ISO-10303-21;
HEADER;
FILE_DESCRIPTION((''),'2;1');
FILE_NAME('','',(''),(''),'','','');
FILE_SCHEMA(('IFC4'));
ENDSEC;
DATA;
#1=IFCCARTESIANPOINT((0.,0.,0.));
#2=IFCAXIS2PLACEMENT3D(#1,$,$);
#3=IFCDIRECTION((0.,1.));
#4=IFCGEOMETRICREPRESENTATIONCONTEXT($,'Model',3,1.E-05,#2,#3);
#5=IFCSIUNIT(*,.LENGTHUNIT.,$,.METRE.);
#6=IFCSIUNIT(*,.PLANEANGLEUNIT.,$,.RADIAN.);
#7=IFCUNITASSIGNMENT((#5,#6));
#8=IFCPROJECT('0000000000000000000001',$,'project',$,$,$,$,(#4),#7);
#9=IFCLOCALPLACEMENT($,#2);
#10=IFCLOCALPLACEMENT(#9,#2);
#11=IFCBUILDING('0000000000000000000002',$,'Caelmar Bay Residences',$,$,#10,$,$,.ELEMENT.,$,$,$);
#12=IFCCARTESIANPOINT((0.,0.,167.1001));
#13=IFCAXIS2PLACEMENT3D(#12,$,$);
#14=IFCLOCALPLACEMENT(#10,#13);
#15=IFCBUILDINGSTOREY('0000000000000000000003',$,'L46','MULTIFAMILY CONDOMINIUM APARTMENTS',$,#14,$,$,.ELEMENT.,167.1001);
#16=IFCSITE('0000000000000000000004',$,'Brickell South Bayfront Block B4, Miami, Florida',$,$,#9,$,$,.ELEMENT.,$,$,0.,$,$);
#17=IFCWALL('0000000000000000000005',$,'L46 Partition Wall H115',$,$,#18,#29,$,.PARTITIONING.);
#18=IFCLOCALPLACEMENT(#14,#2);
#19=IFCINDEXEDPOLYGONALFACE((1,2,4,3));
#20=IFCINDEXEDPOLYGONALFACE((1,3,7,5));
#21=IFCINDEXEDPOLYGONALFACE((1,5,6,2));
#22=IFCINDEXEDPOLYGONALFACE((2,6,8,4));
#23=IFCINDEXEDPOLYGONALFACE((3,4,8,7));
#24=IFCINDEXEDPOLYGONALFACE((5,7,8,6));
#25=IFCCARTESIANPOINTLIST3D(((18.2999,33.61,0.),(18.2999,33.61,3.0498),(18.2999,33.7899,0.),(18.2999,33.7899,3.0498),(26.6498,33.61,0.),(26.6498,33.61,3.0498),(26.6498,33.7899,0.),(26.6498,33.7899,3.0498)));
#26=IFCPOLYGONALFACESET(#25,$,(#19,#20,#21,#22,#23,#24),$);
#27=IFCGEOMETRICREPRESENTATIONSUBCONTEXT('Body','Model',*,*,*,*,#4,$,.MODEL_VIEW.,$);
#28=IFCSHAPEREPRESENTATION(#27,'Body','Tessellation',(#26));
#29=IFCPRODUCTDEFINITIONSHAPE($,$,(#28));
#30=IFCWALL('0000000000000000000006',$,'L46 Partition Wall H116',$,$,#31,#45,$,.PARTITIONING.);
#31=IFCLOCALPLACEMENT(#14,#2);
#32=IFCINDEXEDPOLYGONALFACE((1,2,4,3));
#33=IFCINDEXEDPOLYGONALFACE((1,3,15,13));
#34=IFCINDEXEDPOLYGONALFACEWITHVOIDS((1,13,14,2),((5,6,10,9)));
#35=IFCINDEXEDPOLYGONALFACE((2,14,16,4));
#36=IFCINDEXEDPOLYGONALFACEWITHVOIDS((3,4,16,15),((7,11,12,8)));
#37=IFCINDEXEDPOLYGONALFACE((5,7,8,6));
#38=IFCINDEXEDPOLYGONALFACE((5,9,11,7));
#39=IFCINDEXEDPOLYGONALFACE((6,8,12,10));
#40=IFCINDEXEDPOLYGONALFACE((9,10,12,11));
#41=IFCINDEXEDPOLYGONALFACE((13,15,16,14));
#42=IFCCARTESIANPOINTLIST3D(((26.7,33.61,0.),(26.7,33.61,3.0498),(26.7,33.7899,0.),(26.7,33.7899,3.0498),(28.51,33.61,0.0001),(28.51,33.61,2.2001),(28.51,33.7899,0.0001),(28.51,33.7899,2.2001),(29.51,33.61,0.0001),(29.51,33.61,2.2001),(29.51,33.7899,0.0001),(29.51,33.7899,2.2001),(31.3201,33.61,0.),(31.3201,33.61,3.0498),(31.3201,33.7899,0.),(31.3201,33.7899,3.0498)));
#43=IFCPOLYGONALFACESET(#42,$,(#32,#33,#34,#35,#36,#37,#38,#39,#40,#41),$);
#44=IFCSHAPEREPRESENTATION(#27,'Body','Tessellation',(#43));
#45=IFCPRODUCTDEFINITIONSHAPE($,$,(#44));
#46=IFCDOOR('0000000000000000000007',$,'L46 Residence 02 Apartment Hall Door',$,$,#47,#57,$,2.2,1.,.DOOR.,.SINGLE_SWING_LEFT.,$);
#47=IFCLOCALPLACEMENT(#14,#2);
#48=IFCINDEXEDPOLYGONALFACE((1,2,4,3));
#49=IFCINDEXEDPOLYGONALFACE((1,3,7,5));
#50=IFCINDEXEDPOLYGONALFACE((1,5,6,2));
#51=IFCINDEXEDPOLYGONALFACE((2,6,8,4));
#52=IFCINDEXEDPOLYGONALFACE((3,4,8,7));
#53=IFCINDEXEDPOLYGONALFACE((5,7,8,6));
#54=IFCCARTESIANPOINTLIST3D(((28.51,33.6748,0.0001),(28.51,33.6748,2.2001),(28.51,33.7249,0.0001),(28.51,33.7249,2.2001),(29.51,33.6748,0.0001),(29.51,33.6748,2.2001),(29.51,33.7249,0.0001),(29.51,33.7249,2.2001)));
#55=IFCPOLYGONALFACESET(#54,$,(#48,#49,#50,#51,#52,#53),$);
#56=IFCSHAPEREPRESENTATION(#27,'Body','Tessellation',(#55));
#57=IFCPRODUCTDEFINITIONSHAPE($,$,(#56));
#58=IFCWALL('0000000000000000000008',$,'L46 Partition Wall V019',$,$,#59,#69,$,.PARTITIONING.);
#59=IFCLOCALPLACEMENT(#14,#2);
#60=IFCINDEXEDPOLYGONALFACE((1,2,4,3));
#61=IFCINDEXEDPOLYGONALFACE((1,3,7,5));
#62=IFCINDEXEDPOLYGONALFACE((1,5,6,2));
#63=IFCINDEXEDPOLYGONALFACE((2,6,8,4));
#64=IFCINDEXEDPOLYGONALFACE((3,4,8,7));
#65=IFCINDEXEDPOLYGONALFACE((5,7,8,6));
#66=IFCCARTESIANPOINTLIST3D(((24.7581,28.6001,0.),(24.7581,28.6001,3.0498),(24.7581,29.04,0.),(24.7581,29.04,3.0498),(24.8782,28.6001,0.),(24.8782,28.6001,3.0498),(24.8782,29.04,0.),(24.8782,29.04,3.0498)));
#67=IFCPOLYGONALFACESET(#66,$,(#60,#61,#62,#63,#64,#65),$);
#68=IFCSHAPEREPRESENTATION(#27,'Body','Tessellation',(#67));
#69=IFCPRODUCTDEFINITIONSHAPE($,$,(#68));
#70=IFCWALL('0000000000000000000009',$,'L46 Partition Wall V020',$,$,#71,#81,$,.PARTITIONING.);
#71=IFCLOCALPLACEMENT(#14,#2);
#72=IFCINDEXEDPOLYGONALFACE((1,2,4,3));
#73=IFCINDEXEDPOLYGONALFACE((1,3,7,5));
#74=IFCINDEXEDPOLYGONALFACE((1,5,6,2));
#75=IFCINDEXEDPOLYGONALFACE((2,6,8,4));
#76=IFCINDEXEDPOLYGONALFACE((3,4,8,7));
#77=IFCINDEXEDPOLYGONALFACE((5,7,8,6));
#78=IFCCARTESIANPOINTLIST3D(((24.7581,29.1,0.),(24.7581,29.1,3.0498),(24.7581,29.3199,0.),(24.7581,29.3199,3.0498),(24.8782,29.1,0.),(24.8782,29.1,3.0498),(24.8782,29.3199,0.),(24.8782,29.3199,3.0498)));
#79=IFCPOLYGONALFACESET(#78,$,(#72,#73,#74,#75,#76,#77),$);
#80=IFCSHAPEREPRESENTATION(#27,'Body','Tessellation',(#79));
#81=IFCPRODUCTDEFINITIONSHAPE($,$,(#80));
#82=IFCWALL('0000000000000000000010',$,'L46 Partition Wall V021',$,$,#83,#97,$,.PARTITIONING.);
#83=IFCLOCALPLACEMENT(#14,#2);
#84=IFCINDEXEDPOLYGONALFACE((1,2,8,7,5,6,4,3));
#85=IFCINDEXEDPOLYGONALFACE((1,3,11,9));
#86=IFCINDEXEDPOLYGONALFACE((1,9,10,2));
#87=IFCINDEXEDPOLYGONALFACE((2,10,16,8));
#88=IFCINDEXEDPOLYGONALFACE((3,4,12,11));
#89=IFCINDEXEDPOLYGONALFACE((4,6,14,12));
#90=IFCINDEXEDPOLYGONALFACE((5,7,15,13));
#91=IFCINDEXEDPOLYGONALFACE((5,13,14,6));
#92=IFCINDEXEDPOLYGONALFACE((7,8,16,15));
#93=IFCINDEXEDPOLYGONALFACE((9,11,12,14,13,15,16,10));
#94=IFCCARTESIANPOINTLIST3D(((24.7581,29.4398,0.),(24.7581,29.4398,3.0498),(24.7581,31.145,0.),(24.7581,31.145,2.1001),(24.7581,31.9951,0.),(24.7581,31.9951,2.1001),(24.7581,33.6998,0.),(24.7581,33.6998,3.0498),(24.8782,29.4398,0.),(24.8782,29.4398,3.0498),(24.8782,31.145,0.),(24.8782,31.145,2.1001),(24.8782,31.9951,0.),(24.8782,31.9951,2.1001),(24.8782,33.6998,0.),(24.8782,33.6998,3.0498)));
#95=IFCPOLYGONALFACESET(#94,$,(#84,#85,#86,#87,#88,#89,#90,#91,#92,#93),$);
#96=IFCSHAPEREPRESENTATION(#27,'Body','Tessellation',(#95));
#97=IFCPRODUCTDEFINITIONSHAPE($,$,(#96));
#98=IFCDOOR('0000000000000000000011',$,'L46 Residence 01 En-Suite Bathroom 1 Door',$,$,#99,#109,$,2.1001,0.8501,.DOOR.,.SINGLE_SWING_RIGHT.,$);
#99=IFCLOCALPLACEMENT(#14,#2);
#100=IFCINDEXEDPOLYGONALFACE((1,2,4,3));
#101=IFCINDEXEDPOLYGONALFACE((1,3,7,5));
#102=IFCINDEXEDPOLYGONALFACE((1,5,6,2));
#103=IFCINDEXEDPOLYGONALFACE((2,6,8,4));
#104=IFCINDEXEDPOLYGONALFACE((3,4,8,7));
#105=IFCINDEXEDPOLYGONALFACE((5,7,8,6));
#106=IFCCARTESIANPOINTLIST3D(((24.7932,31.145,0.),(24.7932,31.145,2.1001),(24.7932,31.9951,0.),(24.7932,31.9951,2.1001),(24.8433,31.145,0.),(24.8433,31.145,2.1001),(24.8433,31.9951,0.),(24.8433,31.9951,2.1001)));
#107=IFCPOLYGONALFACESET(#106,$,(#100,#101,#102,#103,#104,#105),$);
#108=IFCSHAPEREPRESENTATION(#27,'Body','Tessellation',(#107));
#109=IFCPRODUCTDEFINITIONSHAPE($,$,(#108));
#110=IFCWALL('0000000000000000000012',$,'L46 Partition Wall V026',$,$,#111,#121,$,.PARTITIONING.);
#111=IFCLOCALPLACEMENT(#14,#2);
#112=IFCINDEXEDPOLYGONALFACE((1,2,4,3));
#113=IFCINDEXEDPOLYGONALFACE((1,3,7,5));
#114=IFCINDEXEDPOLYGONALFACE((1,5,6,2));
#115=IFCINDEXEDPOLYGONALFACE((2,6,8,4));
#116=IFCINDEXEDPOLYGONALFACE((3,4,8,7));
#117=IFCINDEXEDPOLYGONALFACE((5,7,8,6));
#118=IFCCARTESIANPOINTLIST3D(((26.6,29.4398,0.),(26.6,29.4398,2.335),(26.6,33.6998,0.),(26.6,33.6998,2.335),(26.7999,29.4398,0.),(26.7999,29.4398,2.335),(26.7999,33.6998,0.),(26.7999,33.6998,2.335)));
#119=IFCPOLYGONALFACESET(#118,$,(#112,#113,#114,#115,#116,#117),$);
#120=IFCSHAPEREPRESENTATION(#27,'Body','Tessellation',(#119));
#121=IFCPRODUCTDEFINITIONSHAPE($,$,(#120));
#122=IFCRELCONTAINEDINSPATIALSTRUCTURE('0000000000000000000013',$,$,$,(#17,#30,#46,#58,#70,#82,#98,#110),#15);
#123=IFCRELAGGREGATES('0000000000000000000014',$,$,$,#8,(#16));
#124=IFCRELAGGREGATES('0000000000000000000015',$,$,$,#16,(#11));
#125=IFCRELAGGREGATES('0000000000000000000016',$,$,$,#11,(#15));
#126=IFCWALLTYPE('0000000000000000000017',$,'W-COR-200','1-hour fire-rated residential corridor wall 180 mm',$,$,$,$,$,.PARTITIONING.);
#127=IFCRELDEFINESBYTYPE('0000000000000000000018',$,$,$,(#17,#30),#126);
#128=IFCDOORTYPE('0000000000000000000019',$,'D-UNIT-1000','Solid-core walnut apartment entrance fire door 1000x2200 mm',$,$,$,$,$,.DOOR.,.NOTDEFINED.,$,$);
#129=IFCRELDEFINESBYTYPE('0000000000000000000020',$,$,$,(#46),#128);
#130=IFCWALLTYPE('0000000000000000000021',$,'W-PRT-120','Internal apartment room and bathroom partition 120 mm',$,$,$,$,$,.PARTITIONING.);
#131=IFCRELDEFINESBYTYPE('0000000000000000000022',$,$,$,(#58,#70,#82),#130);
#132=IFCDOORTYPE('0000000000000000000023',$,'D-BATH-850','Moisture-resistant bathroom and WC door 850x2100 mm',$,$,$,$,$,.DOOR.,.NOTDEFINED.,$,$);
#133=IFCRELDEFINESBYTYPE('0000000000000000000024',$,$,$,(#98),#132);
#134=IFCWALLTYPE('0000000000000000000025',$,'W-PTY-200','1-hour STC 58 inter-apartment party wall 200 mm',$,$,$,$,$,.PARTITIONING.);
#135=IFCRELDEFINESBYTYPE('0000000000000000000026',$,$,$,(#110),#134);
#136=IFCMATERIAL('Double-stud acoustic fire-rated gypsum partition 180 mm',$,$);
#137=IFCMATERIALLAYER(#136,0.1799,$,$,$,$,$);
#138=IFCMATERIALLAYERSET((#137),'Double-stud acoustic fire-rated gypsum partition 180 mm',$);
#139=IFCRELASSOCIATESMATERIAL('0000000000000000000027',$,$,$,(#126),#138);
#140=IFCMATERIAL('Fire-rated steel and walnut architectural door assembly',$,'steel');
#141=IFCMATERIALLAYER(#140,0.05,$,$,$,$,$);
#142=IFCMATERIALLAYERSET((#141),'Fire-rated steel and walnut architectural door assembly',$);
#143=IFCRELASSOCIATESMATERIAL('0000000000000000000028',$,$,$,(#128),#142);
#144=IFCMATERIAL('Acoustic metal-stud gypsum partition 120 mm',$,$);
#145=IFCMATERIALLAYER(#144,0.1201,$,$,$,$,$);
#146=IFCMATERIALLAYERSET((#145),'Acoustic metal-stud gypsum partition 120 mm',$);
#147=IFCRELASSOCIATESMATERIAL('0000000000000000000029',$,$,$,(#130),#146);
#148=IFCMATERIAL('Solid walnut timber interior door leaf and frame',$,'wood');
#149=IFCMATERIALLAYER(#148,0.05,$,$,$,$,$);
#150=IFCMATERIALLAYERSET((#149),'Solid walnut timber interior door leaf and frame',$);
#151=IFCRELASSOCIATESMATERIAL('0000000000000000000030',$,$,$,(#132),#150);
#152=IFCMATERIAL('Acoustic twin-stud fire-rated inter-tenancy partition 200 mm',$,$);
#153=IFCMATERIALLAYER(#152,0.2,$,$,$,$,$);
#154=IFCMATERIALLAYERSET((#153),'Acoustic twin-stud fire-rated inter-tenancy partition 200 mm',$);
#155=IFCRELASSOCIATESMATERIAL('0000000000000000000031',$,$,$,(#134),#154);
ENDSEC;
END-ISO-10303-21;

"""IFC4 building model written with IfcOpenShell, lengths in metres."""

from ifc_helpers import new_model, si_unit, direction, frame, frame_2d, origin, place, context, subcontext, project, spatial, rectangle, extrude, material, layer, layer_set, type_object, element, fill, save


model = new_model("IFC4")

# Units and contexts
model_context = context("Model", 3, precision=1e-05, world=origin(), true_north=direction((0.0, 1.0)))
body_context = subcontext(model_context, "Body", "Model", "MODEL_VIEW")
ifc_project = project(units=[si_unit("LENGTHUNIT", "METRE"), si_unit("PLANEANGLEUNIT", "RADIAN")], contexts=[model_context])

# Site, building, storey
site_placement = place(None, origin())
site = spatial("IfcSite", under=ifc_project, at=site_placement, Name="Brickell South Bayfront Block B4, Miami, Florida", CompositionType="ELEMENT", RefElevation=0.0)
building_placement = place(site_placement, origin())
building = spatial("IfcBuilding", under=site, at=building_placement, Name="Caelmar Bay Residences", CompositionType="ELEMENT")
storey_placement = place(building_placement, frame((0.0, 0.0, 167.1001)))
storey = spatial("IfcBuildingStorey", under=building, at=storey_placement, Name="L46", Description="MULTIFAMILY CONDOMINIUM APARTMENTS", CompositionType="ELEMENT", Elevation=167.1001)

# Shared definitions
ifc_material_1 = material(Name="Fire-rated steel and walnut architectural door assembly", Category="steel")

# Wall
ifc_material_2 = material(Name="Double-stud acoustic fire-rated gypsum partition 180 mm")
ifc_layer_1 = layer(ifc_material_2, 0.1799)
ifc_layer_set_1 = layer_set([ifc_layer_1], Name="Double-stud acoustic fire-rated gypsum partition 180 mm")
wall_type_1 = type_object("IfcWallType", Name="W-COR-200", Description="1-hour fire-rated residential corridor wall 180 mm", PredefinedType="PARTITIONING", material=ifc_layer_set_1)
wall_1_placement = place(storey_placement, frame((18.3, 33.7, 0.0), z_axis=(0.0, 0.0, 1.0), x_axis=(1.0, 0.0, 0.0)))
element("IfcWall", 1, at=wall_1_placement, inside=storey, type_object=wall_type_1, Name="L46 Partition Wall H115", PredefinedType="PARTITIONING", context=body_context, shape_type="SweptSolid", body=[
    extrude(rectangle(XDim=8.3499, YDim=0.1799, at=frame_2d((4.1748, 0.0))), origin(), (0.0, 0.0, 1.0), 3.0498),
])

# Wall, opening, door
wall_2_placement = place(storey_placement, frame((26.7, 33.7, 0.0), z_axis=(0.0, 0.0, 1.0), x_axis=(1.0, 0.0, 0.0)))
wall_2 = element("IfcWall", 2, at=wall_2_placement, inside=storey, type_object=wall_type_1, Name="L46 Partition Wall H116", PredefinedType="PARTITIONING", context=body_context, shape_type="SweptSolid", body=[
    extrude(rectangle(XDim=4.6201, YDim=0.1799, at=frame_2d((2.3101, 0.0))), origin(), (0.0, 0.0, 1.0), 3.0498),
])
opening_1_placement = place(wall_2_placement, frame((1.8101, 0.0, 0.0)))
opening_1 = element("IfcOpeningElement", 3, at=opening_1_placement, cuts=wall_2, PredefinedType="OPENING", context=body_context, shape_type="SweptSolid", body=[
    extrude(rectangle(XDim=1.0, YDim=2.2, at=frame_2d((0.5, 1.1001))), frame((0.0, 0.0999, 0.0), z_axis=(0.0, -1.0, 0.0), x_axis=(1.0, 0.0, 0.0)), (0.0, 0.0, 1.0), 0.2),
])
ifc_layer_2 = layer(ifc_material_1, 0.05)
ifc_layer_set_2 = layer_set([ifc_layer_2], Name="Fire-rated steel and walnut architectural door assembly")
door_type_1 = type_object("IfcDoorType", Name="D-UNIT-1000", Description="Solid-core walnut apartment entrance fire door 1000x2200 mm", OperationType="NOTDEFINED", PredefinedType="DOOR", material=ifc_layer_set_2)
door_1_placement = place(opening_1_placement, origin())
door_1 = element("IfcDoor", 4, at=door_1_placement, inside=storey, type_object=door_type_1, Name="L46 Residence 02 Apartment Hall Door", OperationType="SINGLE_SWING_LEFT", OverallHeight=2.2, OverallWidth=1.0, PredefinedType="DOOR", context=body_context, shape_type="SweptSolid", body=[
    extrude(rectangle(XDim=1.0, YDim=2.2, at=frame_2d((0.5, 1.1001))), frame((0.0, 0.0249, 0.0), z_axis=(0.0, -1.0, 0.0), x_axis=(1.0, 0.0, 0.0)), (0.0, 0.0, 1.0), 0.05),
])
fill(opening_1, door_1)

# Walls
ifc_material_3 = material(Name="Acoustic metal-stud gypsum partition 120 mm")
ifc_layer_3 = layer(ifc_material_3, 0.1201)
ifc_layer_set_3 = layer_set([ifc_layer_3], Name="Acoustic metal-stud gypsum partition 120 mm")
wall_type_2 = type_object("IfcWallType", Name="W-PRT-120", Description="Internal apartment room and bathroom partition 120 mm", PredefinedType="PARTITIONING", material=ifc_layer_set_3)
wall_3_placement = place(storey_placement, frame((24.8181, 28.6001, 0.0), z_axis=(0.0, 0.0, 1.0), x_axis=(0.0, 1.0, 0.0)))
element("IfcWall", 5, at=wall_3_placement, inside=storey, type_object=wall_type_2, Name="L46 Partition Wall V019", PredefinedType="PARTITIONING", context=body_context, shape_type="SweptSolid", body=[
    extrude(rectangle(XDim=0.4399, YDim=0.1201, at=frame_2d((0.22, 0.0))), origin(), (0.0, 0.0, 1.0), 3.0498),
])
wall_4_placement = place(storey_placement, frame((24.8181, 29.1001, 0.0), z_axis=(0.0, 0.0, 1.0), x_axis=(0.0, 1.0, 0.0)))
element("IfcWall", 6, at=wall_4_placement, inside=storey, type_object=wall_type_2, Name="L46 Partition Wall V020", PredefinedType="PARTITIONING", context=body_context, shape_type="SweptSolid", body=[
    extrude(rectangle(XDim=0.22, YDim=0.1201, at=frame_2d((0.1099, 0.0))), origin(), (0.0, 0.0, 1.0), 3.0498),
])

# Wall, opening, door
wall_5_placement = place(storey_placement, frame((24.8181, 29.4399, 0.0), z_axis=(0.0, 0.0, 1.0), x_axis=(0.0, 1.0, 0.0)))
wall_5 = element("IfcWall", 7, at=wall_5_placement, inside=storey, type_object=wall_type_2, Name="L46 Partition Wall V021", PredefinedType="PARTITIONING", context=body_context, shape_type="SweptSolid", body=[
    extrude(rectangle(XDim=4.26, YDim=0.1201, at=frame_2d((2.1299, 0.0))), origin(), (0.0, 0.0, 1.0), 3.0498),
])
opening_2_placement = place(wall_5_placement, frame((1.7051, 0.0, 0.0)))
opening_2 = element("IfcOpeningElement", 8, at=opening_2_placement, cuts=wall_5, PredefinedType="OPENING", context=body_context, shape_type="SweptSolid", body=[
    extrude(rectangle(XDim=0.8501, YDim=2.1001, at=frame_2d((0.425, 1.05))), frame((0.0, 0.0701, 0.0), z_axis=(0.0, -1.0, 0.0), x_axis=(1.0, 0.0, 0.0)), (0.0, 0.0, 1.0), 0.1401),
])
ifc_material_4 = material(Name="Solid walnut timber interior door leaf and frame", Category="wood")
ifc_layer_4 = layer(ifc_material_4, 0.05)
ifc_layer_set_4 = layer_set([ifc_layer_4], Name="Solid walnut timber interior door leaf and frame")
door_type_2 = type_object("IfcDoorType", Name="D-BATH-850", Description="Moisture-resistant bathroom and WC door 850x2100 mm", OperationType="NOTDEFINED", PredefinedType="DOOR", material=ifc_layer_set_4)
door_2_placement = place(opening_2_placement, origin())
door_2 = element("IfcDoor", 9, at=door_2_placement, inside=storey, type_object=door_type_2, Name="L46 Residence 01 En-Suite Bathroom 1 Door", OperationType="SINGLE_SWING_RIGHT", OverallHeight=2.1001, OverallWidth=0.8501, PredefinedType="DOOR", context=body_context, shape_type="SweptSolid", body=[
    extrude(rectangle(XDim=0.8501, YDim=2.1001, at=frame_2d((0.425, 1.05))), frame((0.0, 0.0249, 0.0), z_axis=(0.0, -1.0, 0.0), x_axis=(1.0, 0.0, 0.0)), (0.0, 0.0, 1.0), 0.05),
])
fill(opening_2, door_2)

# Wall
ifc_material_5 = material(Name="Acoustic twin-stud fire-rated inter-tenancy partition 200 mm")
ifc_layer_5 = layer(ifc_material_5, 0.2)
ifc_layer_set_5 = layer_set([ifc_layer_5], Name="Acoustic twin-stud fire-rated inter-tenancy partition 200 mm")
wall_type_3 = type_object("IfcWallType", Name="W-PTY-200", Description="1-hour STC 58 inter-apartment party wall 200 mm", PredefinedType="PARTITIONING", material=ifc_layer_set_5)
wall_6_placement = place(storey_placement, frame((26.7, 29.4399, 0.0), z_axis=(0.0, 0.0, 1.0), x_axis=(0.0, 1.0, 0.0)))
element("IfcWall", 10, at=wall_6_placement, inside=storey, type_object=wall_type_3, Name="L46 Partition Wall V026", PredefinedType="PARTITIONING", context=body_context, shape_type="SweptSolid", body=[
    extrude(rectangle(XDim=4.26, YDim=0.2, at=frame_2d((2.1299, 0.0))), origin(), (0.0, 0.0, 1.0), 2.335),
])

save(model, "model.ifc")
